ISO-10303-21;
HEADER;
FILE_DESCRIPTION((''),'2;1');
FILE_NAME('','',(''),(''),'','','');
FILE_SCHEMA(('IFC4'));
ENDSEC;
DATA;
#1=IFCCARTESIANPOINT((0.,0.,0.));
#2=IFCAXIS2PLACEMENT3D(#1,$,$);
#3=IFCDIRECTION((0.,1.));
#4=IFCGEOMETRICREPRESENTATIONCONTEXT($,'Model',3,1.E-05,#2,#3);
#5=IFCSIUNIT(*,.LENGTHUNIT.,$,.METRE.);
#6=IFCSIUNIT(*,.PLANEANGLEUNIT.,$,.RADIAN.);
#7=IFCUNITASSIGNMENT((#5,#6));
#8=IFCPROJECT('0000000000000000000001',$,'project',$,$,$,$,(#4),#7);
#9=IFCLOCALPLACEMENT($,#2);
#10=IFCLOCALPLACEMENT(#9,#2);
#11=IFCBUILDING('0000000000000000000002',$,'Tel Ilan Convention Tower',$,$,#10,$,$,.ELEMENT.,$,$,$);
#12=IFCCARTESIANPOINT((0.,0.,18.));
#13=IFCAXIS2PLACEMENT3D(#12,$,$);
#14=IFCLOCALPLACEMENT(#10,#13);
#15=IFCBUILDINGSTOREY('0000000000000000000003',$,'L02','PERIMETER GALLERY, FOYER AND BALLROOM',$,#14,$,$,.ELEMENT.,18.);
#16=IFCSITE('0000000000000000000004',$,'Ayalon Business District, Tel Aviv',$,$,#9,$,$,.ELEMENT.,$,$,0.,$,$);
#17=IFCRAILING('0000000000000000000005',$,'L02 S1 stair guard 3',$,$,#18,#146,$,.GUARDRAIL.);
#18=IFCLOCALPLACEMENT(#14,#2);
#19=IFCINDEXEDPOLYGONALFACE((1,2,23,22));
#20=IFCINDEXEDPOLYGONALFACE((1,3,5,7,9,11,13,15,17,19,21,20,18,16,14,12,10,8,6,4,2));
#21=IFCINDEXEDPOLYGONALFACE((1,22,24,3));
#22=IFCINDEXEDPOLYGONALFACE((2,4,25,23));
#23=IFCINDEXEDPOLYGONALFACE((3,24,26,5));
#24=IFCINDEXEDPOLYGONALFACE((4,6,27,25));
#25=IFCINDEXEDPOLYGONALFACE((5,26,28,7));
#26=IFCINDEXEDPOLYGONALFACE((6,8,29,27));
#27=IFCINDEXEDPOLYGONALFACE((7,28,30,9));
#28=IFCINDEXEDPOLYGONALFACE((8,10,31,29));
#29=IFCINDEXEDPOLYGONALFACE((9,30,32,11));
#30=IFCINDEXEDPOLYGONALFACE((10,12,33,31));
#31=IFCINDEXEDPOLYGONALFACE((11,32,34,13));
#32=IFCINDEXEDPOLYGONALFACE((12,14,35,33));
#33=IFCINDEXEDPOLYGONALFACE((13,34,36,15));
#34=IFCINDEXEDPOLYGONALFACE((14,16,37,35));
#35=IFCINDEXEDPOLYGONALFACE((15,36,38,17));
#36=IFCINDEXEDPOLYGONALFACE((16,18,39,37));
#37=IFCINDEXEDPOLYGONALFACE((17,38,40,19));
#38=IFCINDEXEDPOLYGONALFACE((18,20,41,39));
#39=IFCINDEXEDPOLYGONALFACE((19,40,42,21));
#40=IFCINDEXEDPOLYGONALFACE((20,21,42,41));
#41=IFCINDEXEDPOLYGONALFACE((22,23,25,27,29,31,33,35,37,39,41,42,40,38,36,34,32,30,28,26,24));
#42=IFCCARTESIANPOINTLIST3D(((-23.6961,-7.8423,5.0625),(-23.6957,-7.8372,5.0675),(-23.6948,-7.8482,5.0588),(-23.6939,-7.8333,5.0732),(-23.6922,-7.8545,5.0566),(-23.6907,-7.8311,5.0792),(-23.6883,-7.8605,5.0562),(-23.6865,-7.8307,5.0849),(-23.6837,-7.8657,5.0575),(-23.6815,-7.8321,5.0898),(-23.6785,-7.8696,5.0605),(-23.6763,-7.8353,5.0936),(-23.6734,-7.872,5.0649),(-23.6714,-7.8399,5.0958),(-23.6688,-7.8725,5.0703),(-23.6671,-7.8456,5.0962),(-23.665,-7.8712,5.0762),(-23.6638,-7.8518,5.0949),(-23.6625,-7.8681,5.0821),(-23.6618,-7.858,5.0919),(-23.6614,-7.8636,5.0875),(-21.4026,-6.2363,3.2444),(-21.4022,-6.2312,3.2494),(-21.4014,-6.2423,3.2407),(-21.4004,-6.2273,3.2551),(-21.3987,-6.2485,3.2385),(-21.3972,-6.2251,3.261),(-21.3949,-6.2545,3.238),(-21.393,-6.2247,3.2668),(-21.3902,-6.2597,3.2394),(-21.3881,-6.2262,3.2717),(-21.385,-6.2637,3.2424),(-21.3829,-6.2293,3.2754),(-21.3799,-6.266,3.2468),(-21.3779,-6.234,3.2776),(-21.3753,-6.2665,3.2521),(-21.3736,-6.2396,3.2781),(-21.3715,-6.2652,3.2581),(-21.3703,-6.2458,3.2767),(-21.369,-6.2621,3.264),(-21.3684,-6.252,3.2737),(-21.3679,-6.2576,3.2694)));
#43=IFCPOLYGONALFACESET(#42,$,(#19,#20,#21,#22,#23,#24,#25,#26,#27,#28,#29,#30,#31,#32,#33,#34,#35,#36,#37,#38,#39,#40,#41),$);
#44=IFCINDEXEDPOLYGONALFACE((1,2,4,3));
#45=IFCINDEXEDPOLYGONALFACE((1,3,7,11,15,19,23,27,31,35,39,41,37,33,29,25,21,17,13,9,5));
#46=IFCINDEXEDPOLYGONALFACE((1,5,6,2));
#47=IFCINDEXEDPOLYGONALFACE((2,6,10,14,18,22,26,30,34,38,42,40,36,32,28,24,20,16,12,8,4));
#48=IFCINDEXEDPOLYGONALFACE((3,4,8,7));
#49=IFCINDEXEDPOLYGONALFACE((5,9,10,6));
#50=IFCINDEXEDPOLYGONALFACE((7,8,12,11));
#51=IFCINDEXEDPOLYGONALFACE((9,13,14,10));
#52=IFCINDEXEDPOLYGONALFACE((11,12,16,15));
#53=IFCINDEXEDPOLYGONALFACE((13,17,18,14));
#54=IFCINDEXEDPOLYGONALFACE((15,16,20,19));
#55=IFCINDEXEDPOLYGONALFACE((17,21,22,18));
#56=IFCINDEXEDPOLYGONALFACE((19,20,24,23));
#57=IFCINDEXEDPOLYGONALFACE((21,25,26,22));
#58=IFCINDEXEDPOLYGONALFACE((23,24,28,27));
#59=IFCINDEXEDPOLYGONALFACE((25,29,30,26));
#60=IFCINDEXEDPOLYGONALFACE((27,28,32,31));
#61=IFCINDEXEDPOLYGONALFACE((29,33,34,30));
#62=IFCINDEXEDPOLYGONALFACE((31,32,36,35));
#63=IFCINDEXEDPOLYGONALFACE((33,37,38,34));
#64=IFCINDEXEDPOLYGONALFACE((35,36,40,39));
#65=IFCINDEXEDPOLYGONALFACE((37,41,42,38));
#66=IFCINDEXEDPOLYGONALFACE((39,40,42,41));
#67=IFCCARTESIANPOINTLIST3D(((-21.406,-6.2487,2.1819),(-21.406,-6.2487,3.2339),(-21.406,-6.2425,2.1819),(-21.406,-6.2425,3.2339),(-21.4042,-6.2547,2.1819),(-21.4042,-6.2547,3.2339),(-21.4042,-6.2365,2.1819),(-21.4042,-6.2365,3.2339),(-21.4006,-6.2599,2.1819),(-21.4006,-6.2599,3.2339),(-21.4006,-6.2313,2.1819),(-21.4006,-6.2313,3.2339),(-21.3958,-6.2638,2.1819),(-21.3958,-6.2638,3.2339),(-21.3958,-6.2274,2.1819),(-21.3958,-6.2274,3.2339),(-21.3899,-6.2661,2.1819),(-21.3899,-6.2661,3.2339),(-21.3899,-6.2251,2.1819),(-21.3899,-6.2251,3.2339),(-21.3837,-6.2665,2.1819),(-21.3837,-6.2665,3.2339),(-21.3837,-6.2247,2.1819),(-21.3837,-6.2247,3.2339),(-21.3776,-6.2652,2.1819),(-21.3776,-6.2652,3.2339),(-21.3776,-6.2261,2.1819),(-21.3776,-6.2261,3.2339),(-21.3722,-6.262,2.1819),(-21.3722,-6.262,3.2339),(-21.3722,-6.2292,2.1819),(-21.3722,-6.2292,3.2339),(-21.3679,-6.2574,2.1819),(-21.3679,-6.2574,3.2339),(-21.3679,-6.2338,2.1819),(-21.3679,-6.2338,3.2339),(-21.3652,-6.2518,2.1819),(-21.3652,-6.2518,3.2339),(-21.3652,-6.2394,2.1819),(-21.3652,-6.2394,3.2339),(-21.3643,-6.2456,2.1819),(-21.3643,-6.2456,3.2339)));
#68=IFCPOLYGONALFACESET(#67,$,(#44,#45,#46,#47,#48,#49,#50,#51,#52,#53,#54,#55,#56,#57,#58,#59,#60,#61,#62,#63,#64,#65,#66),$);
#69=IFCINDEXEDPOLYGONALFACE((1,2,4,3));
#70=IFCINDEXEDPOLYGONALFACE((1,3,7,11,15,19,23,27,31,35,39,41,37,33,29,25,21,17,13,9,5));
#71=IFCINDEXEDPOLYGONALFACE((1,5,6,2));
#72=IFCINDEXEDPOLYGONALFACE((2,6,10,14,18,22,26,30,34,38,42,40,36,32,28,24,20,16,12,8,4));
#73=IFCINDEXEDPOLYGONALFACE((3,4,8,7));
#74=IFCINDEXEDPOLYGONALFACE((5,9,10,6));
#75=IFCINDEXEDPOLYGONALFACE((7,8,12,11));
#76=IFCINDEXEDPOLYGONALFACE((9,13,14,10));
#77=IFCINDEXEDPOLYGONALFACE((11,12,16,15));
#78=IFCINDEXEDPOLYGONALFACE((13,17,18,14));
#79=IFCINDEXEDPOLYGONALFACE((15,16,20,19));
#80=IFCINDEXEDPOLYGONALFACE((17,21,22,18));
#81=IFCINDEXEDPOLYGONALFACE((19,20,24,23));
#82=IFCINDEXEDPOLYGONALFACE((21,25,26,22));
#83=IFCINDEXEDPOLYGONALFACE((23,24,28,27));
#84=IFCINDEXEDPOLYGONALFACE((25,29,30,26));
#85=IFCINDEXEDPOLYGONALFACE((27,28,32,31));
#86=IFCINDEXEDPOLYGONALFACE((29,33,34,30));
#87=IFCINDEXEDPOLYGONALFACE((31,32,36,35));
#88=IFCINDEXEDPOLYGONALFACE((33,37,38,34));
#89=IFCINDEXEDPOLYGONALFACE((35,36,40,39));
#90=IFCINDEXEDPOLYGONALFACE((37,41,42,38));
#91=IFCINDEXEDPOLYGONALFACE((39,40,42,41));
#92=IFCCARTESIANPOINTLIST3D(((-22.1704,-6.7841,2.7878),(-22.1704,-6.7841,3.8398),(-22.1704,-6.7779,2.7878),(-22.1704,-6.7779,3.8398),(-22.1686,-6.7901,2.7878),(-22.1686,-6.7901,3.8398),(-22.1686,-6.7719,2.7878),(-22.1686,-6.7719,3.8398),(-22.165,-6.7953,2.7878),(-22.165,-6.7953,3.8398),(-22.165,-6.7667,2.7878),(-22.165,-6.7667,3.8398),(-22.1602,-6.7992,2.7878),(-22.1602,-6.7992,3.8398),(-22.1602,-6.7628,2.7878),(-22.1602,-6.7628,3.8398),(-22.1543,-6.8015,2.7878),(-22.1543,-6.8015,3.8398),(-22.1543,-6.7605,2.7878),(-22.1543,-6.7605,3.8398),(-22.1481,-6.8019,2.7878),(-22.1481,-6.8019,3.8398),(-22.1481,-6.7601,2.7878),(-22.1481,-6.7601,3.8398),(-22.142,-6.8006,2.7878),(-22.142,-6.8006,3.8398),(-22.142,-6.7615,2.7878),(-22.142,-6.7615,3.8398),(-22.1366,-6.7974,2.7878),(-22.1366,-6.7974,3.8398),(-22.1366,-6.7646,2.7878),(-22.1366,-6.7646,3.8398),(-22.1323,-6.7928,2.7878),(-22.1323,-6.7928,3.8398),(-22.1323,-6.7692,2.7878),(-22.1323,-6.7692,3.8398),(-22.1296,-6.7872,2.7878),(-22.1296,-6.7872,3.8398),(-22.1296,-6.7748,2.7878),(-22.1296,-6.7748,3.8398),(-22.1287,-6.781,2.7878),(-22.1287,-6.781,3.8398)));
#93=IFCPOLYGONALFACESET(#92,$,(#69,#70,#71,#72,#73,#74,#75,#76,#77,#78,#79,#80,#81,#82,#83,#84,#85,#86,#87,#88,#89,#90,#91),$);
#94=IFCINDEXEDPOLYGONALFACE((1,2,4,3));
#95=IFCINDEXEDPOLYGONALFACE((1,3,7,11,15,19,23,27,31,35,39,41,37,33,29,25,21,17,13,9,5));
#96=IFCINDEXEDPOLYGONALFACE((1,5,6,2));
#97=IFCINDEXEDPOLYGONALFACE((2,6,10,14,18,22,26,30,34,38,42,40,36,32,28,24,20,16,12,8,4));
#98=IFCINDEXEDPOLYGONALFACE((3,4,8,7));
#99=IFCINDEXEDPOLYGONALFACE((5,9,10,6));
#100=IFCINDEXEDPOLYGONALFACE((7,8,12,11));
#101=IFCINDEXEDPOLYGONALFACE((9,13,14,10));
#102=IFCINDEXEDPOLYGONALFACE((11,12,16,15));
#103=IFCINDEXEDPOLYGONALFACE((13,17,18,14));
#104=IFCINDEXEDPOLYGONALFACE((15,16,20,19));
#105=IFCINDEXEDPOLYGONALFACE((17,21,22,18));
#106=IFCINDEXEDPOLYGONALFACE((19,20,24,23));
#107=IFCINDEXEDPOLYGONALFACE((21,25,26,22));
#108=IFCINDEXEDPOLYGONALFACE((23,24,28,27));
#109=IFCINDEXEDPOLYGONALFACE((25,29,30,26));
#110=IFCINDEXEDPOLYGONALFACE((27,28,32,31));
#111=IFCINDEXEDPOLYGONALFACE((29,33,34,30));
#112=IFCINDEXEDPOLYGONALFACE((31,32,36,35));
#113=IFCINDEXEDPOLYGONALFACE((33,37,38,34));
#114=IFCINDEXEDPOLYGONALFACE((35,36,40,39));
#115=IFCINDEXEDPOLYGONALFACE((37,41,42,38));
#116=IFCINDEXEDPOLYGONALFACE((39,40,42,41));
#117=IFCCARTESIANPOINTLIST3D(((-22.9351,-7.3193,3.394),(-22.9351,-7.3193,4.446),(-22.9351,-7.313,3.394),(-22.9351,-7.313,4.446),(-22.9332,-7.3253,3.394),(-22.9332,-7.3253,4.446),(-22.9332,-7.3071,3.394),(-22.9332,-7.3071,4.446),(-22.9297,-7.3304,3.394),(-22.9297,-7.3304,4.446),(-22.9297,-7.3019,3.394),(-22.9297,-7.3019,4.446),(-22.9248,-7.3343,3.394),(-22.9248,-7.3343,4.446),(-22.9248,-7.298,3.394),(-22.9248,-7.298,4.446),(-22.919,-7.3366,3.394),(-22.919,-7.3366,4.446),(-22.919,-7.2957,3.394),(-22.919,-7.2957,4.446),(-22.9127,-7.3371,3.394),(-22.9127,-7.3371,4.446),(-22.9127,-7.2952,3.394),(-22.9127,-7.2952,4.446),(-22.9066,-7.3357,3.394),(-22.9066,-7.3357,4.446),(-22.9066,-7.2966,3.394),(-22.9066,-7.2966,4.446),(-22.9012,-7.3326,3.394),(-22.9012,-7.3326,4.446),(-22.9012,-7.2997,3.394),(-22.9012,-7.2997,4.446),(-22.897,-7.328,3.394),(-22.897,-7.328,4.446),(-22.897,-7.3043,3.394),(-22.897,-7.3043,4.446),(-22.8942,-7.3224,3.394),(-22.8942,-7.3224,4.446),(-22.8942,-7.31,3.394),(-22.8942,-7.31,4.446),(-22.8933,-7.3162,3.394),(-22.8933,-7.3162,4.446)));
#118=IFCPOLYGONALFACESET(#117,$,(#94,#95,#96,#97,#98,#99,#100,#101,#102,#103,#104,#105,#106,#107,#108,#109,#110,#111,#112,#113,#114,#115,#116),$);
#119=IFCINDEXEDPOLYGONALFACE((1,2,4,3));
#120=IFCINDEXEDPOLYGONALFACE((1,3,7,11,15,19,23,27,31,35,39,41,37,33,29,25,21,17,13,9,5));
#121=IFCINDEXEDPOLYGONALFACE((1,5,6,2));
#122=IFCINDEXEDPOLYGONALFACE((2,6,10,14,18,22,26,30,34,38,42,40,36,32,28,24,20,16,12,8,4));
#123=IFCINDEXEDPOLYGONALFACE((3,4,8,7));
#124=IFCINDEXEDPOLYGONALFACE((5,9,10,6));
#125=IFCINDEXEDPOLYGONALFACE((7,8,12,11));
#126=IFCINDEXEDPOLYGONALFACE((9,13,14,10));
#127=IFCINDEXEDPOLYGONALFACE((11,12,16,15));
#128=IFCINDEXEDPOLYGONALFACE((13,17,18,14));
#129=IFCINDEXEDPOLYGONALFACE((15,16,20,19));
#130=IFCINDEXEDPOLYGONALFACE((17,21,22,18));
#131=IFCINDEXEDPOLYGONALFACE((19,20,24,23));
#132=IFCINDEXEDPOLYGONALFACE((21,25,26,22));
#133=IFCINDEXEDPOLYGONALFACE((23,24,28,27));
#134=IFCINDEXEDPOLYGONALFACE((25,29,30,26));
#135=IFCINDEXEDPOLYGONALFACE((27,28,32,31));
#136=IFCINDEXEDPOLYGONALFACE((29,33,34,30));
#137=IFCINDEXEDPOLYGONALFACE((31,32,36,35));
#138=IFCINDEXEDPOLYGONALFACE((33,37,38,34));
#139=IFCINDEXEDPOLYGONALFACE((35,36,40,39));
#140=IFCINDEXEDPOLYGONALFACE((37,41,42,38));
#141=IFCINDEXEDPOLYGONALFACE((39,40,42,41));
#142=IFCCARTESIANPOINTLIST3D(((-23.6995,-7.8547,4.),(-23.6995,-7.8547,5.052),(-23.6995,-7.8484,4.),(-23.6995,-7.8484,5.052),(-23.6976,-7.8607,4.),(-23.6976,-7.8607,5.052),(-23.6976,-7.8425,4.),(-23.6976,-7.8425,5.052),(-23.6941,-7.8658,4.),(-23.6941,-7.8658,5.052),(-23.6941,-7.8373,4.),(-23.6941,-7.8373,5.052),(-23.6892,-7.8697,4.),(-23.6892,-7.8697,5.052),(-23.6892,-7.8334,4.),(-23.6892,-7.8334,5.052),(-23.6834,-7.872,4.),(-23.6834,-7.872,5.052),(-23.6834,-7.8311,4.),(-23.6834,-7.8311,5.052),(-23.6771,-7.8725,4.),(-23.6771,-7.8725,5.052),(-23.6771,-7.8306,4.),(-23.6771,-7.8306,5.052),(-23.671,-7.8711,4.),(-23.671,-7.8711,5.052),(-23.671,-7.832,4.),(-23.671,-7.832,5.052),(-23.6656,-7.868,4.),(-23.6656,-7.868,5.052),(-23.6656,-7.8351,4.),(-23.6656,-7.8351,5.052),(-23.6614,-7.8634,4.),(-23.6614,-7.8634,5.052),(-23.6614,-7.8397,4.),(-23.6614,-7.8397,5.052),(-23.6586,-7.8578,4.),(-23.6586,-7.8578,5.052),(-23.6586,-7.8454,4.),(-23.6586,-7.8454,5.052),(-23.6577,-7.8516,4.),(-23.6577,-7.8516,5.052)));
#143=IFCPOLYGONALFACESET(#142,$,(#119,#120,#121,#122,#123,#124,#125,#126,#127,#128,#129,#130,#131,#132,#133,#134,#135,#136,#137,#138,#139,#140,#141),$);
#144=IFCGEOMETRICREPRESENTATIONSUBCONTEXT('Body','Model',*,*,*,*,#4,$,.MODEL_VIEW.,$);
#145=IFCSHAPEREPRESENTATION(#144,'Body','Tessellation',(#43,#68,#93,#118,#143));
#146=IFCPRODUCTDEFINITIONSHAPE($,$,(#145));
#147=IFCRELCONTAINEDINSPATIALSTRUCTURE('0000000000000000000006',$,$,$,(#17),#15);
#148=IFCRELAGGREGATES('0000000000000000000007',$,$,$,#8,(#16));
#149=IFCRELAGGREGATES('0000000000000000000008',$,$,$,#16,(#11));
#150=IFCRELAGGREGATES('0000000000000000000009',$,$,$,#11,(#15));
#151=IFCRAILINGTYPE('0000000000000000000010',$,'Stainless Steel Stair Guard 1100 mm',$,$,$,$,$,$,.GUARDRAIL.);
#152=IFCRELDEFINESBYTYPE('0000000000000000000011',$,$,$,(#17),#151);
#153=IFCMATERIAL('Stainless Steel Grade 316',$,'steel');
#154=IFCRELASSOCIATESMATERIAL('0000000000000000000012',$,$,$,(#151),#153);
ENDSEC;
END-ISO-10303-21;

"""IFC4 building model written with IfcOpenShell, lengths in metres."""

from ifc_helpers import new_model, si_unit, direction, frame, origin, origin_2d, place, context, subcontext, project, spatial, circle, extrude, material, type_object, element, save


model = new_model("IFC4")

# Units and contexts
model_context = context("Model", 3, precision=1e-05, world=origin(), true_north=direction((0.0, 1.0)))
body_context = subcontext(model_context, "Body", "Model", "MODEL_VIEW")
ifc_project = project(units=[si_unit("LENGTHUNIT", "METRE"), si_unit("PLANEANGLEUNIT", "RADIAN")], contexts=[model_context])

# Site, building, storey
site_placement = place(None, origin())
site = spatial("IfcSite", under=ifc_project, at=site_placement, Name="Ayalon Business District, Tel Aviv", CompositionType="ELEMENT", RefElevation=0.0)
building_placement = place(site_placement, origin())
building = spatial("IfcBuilding", under=site, at=building_placement, Name="Tel Ilan Convention Tower", CompositionType="ELEMENT")
storey_placement = place(building_placement, frame((0.0, 0.0, 18.0)))
storey = spatial("IfcBuildingStorey", under=building, at=storey_placement, Name="L02", Description="PERIMETER GALLERY, FOYER AND BALLROOM", CompositionType="ELEMENT", Elevation=18.0)

# Railing
ifc_material_1 = material(Name="Stainless Steel Grade 316", Category="steel")
railing_type_1 = type_object("IfcRailingType", Name="Stainless Steel Stair Guard 1100 mm", PredefinedType="GUARDRAIL", material=ifc_material_1)
railing_1_placement = place(storey_placement, frame((-21.3853, -6.2456, 2.1819)))
element("IfcRailing", 1, at=railing_1_placement, inside=storey, type_object=railing_type_1, Name="L02 S1 stair guard 3", PredefinedType="GUARDRAIL", context=body_context, shape_type="SweptSolid", body=[
    extrude(circle(Radius=0.0239, at=origin_2d()), frame((0.0, 0.0, 1.0762), z_axis=(-0.687003, -0.481063, 0.544615), x_axis=(0.573591, -0.819142, 0.0)), (0.0, 0.0, 1.0), 3.3384),
    extrude(circle(Radius=0.021, at=origin_2d()), origin(), (0.0, 0.0, 1.0), 1.052),
    extrude(circle(Radius=0.021, at=origin_2d()), frame((-0.7644, -0.5354, 0.606)), (0.0, 0.0, 1.0), 1.052),
    extrude(circle(Radius=0.021, at=origin_2d()), frame((-1.5291, -1.0706, 1.2122)), (0.0, 0.0, 1.0), 1.052),
    extrude(circle(Radius=0.021, at=origin_2d()), frame((-2.2935, -1.606, 1.8181)), (0.0, 0.0, 1.0), 1.052),
])

save(model, "model.ifc")
